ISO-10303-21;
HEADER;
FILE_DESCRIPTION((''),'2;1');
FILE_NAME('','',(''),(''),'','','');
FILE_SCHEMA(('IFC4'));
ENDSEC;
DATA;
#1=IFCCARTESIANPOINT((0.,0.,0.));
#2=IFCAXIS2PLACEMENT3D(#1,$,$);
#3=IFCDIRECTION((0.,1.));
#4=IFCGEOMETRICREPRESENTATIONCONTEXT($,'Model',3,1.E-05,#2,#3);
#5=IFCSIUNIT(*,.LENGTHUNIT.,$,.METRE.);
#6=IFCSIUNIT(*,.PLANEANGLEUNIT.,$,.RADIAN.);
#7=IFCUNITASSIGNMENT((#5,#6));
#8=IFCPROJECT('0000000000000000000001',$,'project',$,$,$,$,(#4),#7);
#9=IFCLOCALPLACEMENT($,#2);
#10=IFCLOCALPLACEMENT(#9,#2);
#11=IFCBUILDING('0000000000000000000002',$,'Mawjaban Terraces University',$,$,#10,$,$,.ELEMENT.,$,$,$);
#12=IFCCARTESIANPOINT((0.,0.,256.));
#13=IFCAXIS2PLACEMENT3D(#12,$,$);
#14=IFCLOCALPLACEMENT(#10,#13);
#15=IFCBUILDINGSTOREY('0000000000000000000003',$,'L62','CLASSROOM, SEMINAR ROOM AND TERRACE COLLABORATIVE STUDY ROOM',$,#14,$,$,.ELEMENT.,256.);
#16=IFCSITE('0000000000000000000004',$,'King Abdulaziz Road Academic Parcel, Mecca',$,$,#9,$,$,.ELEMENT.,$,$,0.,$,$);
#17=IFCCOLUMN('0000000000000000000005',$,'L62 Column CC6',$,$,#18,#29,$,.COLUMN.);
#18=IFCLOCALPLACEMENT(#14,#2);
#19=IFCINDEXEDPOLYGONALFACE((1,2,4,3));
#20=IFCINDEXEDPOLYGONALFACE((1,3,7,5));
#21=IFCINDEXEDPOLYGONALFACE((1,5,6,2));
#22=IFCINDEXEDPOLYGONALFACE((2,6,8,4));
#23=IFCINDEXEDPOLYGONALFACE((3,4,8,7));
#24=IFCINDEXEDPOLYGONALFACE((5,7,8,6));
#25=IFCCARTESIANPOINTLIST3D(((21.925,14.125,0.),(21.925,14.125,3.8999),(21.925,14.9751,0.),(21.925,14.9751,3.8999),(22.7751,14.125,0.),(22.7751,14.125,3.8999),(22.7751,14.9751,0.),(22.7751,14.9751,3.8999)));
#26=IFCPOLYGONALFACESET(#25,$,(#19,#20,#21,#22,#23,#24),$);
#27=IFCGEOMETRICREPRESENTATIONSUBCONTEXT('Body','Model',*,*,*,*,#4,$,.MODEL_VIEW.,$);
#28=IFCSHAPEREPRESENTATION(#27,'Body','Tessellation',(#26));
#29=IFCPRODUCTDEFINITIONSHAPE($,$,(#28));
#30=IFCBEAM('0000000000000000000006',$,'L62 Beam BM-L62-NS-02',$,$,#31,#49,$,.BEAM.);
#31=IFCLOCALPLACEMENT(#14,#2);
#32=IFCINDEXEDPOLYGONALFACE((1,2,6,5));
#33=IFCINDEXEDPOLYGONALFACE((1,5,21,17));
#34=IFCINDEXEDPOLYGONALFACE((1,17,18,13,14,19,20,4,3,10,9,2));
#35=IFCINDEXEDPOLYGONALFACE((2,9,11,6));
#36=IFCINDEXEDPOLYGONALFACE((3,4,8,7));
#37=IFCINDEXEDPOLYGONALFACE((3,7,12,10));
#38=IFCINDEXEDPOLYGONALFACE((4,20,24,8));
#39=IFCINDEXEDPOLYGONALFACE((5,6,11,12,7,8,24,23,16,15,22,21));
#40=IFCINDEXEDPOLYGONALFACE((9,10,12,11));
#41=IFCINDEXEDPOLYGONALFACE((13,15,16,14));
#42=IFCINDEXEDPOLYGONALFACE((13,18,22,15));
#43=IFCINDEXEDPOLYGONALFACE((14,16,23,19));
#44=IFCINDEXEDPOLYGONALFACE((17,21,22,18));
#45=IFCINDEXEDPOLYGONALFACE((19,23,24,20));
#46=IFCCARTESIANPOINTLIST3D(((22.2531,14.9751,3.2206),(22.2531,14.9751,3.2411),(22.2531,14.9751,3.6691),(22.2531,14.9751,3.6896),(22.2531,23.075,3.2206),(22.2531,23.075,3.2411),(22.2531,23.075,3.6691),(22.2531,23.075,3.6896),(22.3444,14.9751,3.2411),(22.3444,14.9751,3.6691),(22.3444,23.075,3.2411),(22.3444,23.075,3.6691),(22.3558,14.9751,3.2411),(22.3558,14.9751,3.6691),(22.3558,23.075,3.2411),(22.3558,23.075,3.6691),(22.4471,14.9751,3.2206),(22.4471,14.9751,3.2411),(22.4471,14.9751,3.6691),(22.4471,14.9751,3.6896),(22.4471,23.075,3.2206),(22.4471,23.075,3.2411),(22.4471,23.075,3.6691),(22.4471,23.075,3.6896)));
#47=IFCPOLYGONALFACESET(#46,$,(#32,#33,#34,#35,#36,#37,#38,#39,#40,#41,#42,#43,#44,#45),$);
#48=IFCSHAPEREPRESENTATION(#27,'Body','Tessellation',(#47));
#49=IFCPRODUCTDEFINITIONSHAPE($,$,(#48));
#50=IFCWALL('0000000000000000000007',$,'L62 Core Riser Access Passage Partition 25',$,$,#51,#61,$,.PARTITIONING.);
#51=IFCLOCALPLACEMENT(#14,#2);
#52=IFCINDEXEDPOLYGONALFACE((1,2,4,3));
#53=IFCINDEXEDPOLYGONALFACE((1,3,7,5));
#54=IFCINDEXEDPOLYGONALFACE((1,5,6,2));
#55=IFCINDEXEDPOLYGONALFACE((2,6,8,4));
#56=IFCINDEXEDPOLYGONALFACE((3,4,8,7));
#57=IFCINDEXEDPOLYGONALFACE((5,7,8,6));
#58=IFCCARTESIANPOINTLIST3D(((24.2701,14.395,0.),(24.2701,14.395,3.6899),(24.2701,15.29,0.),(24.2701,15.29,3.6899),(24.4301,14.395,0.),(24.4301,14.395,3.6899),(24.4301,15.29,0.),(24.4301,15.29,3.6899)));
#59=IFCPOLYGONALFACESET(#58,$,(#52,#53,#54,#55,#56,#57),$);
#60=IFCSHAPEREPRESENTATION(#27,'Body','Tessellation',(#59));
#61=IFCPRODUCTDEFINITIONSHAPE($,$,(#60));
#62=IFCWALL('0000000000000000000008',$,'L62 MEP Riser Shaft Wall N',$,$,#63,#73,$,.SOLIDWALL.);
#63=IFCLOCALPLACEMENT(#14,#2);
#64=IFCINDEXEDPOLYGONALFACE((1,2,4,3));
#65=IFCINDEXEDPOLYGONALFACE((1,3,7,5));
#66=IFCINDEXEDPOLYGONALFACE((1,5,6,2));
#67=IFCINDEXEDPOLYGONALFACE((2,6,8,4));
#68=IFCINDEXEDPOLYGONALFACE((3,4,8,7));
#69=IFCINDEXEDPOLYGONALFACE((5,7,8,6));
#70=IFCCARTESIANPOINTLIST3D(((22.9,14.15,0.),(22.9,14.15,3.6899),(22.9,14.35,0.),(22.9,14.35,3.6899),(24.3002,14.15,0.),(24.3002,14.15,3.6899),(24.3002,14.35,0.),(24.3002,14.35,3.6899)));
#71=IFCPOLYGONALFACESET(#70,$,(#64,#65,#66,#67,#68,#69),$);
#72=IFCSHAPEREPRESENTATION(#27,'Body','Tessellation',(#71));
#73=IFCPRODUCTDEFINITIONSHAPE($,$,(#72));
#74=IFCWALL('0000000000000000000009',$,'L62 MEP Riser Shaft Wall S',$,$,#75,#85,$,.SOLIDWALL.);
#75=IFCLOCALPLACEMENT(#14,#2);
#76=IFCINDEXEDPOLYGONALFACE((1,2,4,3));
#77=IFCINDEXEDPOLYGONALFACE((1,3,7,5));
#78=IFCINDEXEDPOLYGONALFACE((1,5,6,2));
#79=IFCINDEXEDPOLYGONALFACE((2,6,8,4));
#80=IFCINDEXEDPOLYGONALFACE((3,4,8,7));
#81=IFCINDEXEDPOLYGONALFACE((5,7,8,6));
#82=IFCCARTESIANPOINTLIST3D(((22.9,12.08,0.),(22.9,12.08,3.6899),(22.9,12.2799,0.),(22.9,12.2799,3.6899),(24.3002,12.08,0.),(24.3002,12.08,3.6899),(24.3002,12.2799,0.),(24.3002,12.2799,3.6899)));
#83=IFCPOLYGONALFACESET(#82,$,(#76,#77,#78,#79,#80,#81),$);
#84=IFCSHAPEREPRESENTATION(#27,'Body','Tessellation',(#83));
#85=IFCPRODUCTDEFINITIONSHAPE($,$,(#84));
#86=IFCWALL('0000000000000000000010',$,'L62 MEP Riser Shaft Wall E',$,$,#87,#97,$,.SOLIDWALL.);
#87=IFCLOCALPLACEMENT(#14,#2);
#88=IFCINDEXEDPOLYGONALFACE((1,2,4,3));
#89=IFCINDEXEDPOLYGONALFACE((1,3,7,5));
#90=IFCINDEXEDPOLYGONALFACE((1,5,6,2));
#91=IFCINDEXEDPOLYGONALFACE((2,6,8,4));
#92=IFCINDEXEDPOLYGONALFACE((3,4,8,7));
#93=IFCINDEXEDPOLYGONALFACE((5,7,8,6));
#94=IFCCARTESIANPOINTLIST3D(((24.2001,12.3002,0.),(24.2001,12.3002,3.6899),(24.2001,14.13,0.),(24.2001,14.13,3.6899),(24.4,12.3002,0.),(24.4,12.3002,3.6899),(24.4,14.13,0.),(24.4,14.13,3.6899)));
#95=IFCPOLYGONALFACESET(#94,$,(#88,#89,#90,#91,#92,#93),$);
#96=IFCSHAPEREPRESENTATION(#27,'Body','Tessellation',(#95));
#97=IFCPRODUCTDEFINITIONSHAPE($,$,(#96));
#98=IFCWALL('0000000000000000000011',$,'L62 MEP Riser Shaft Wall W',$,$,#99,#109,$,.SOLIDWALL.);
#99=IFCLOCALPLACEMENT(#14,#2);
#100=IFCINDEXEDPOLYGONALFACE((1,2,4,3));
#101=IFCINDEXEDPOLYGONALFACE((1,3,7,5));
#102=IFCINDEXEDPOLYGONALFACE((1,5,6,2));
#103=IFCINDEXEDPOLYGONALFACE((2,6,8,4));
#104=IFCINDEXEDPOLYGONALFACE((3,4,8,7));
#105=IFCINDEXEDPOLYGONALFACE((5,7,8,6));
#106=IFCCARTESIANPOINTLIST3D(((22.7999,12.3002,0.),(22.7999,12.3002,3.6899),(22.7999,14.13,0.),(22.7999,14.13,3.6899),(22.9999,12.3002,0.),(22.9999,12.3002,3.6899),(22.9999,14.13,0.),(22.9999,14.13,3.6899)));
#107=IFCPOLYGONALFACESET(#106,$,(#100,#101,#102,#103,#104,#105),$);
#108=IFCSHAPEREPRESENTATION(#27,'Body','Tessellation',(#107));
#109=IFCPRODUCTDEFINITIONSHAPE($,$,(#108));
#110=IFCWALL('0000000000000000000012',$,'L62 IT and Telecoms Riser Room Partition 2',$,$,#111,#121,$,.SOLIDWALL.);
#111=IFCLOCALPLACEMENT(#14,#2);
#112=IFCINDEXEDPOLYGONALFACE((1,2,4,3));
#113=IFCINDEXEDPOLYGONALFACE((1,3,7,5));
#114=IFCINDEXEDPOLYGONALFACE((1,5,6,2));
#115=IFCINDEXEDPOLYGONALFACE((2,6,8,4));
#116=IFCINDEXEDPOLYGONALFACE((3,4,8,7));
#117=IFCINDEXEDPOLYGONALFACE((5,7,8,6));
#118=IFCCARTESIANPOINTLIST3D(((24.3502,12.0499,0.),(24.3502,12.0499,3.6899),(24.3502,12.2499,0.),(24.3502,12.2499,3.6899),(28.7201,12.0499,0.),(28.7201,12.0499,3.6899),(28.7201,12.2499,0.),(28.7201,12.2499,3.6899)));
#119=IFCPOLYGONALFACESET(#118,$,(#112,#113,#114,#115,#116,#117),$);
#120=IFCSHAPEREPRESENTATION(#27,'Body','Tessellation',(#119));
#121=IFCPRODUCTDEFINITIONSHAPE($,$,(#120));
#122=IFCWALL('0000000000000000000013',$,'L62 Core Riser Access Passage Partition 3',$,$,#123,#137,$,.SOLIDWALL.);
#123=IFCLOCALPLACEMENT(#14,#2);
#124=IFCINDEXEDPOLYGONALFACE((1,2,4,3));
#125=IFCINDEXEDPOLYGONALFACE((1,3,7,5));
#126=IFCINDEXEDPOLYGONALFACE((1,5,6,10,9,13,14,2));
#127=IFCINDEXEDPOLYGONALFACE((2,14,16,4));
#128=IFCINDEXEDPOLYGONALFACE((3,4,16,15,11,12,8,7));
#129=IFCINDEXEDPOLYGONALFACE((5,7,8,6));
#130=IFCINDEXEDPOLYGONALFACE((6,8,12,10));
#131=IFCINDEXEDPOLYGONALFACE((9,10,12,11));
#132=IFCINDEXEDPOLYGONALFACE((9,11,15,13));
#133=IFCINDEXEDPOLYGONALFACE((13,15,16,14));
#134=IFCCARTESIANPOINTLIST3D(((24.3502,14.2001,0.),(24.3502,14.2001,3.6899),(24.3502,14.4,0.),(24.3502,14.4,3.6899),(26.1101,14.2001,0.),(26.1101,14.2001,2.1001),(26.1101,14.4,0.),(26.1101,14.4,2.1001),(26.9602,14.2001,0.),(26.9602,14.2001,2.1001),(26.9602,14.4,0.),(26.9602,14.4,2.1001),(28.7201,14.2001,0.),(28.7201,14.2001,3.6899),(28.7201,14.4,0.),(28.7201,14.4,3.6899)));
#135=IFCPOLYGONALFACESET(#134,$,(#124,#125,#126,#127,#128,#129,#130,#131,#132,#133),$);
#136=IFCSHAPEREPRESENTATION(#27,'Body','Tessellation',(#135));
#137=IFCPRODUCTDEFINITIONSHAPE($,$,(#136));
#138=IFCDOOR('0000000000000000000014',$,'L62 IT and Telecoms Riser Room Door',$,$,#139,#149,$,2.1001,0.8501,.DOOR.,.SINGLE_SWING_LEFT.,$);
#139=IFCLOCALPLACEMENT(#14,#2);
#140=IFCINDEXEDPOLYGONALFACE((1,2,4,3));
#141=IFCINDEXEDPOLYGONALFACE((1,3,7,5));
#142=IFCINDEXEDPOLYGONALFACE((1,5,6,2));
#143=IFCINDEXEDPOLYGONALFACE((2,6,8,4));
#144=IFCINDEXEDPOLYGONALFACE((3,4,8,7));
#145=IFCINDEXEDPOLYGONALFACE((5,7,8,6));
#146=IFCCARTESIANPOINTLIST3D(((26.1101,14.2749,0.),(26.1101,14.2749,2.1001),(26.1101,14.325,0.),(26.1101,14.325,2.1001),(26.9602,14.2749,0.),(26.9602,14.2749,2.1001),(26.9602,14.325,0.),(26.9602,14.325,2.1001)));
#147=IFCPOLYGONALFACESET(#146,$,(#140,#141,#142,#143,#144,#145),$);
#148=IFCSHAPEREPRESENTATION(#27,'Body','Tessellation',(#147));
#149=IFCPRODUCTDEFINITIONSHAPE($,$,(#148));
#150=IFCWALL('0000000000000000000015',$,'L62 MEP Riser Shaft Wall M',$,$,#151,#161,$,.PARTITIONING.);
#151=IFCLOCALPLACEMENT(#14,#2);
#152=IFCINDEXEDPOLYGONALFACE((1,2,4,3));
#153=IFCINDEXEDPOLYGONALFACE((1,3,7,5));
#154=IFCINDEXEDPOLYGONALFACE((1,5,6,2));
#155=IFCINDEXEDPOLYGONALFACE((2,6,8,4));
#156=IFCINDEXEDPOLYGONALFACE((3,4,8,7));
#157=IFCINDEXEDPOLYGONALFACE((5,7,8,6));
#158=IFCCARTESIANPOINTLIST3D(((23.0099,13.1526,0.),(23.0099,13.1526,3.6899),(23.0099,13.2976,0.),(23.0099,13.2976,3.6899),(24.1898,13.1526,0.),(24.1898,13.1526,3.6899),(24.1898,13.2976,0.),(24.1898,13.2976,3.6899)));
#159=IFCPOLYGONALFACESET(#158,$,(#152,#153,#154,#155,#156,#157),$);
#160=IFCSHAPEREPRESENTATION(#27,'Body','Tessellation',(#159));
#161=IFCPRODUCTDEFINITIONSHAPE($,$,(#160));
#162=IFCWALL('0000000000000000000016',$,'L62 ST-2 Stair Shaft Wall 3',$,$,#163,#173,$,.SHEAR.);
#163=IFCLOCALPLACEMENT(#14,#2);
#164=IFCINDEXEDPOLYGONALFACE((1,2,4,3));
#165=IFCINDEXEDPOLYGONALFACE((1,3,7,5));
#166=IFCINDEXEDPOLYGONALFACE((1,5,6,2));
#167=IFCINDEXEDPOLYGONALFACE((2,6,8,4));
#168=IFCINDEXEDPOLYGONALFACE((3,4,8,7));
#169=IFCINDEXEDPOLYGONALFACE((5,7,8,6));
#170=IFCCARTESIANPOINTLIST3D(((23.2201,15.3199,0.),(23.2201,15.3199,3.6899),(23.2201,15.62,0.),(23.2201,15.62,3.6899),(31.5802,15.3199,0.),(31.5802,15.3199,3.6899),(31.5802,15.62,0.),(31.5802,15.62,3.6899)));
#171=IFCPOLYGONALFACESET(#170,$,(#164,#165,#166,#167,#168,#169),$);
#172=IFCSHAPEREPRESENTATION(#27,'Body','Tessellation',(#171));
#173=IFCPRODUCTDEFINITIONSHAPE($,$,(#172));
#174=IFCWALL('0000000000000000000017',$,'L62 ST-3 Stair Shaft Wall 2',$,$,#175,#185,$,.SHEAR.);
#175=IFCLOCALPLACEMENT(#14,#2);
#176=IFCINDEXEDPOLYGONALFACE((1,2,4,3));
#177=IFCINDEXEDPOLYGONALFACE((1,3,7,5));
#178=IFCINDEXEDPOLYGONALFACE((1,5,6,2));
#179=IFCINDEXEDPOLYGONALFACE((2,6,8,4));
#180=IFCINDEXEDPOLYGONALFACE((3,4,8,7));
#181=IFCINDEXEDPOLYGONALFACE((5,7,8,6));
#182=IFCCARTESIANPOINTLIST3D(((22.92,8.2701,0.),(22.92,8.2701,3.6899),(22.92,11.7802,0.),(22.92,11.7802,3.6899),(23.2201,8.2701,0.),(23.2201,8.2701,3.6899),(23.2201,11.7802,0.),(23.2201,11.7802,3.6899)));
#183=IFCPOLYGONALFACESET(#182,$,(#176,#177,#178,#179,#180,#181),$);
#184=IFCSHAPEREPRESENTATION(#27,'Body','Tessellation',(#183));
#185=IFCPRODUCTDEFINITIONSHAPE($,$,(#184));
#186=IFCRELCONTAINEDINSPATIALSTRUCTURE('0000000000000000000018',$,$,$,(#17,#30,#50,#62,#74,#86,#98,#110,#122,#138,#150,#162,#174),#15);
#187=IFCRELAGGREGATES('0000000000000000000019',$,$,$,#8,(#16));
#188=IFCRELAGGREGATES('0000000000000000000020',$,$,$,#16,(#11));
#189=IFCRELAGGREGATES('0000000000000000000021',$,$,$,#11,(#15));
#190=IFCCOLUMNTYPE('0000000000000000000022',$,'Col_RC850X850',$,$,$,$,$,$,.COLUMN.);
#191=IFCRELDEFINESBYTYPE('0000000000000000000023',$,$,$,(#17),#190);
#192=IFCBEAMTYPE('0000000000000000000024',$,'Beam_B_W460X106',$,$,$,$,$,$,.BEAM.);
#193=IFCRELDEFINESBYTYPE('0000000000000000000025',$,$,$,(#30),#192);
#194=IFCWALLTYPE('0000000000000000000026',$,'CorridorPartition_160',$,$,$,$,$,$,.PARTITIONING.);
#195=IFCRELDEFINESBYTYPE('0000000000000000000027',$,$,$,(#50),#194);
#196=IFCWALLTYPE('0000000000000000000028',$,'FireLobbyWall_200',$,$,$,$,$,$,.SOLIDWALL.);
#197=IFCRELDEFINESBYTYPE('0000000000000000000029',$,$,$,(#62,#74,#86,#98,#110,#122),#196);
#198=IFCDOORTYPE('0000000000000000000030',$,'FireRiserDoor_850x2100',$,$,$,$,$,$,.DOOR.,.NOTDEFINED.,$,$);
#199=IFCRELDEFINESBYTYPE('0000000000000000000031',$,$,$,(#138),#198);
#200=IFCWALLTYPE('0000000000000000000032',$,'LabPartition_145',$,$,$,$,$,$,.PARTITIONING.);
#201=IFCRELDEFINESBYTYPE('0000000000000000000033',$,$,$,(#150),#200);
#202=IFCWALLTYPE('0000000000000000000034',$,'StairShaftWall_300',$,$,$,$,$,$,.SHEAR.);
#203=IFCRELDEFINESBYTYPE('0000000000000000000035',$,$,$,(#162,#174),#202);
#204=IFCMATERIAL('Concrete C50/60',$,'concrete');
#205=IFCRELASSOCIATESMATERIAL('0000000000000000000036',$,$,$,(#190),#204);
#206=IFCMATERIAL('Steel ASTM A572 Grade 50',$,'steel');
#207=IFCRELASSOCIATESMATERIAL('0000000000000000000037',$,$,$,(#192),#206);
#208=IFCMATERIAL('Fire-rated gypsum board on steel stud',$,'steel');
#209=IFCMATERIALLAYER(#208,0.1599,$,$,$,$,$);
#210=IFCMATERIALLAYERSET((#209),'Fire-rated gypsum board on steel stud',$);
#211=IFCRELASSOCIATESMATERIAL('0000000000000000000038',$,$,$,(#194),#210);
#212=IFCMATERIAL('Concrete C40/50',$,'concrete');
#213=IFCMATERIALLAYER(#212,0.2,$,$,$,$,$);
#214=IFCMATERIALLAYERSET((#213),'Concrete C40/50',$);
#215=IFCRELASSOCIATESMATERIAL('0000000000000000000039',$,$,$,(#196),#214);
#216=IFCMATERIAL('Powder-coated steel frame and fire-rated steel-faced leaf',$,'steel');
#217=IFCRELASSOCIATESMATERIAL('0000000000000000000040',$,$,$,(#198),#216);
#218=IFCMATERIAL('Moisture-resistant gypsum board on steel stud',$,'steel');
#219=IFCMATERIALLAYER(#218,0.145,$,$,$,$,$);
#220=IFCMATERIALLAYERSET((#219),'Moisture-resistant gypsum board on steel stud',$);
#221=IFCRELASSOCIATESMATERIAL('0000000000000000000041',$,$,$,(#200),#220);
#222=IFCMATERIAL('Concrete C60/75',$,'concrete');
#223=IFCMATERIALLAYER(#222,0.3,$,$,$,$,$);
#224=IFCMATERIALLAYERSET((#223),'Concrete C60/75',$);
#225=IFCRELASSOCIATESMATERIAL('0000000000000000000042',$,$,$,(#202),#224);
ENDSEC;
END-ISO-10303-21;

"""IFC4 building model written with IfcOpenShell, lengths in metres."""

from ifc_helpers import new_model, si_unit, direction, frame, frame_2d, origin, origin_2d, place, context, subcontext, project, spatial, rectangle, i_section, extrude, material, layer, layer_set, material_profile, profile_set, type_object, element, fill, save


model = new_model("IFC4")

# Units and contexts
model_context = context("Model", 3, precision=1e-05, world=origin(), true_north=direction((0.0, 1.0)))
body_context = subcontext(model_context, "Body", "Model", "MODEL_VIEW")
ifc_project = project(units=[si_unit("LENGTHUNIT", "METRE"), si_unit("PLANEANGLEUNIT", "RADIAN")], contexts=[model_context])

# Site, building, storey
site_placement = place(None, origin())
site = spatial("IfcSite", under=ifc_project, at=site_placement, Name="King Abdulaziz Road Academic Parcel, Mecca", CompositionType="ELEMENT", RefElevation=0.0)
building_placement = place(site_placement, origin())
building = spatial("IfcBuilding", under=site, at=building_placement, Name="Mawjaban Terraces University", CompositionType="ELEMENT")
storey_placement = place(building_placement, frame((0.0, 0.0, 256.0)))
storey = spatial("IfcBuildingStorey", under=building, at=storey_placement, Name="L62", Description="CLASSROOM, SEMINAR ROOM AND TERRACE COLLABORATIVE STUDY ROOM", CompositionType="ELEMENT", Elevation=256.0)

# Column
ifc_material_1 = material(Name="Concrete C50/60", Category="concrete")
ifc_material_profile_1 = material_profile(ifc_material_1, rectangle(XDim=0.8501, YDim=0.8501, at=origin_2d()), Name="RC850X850")
ifc_profile_set_1 = profile_set([ifc_material_profile_1], Name="Concrete C50/60")
column_type = type_object("IfcColumnType", Name="Col_RC850X850", PredefinedType="COLUMN", material=ifc_profile_set_1)
column_placement = place(storey_placement, frame((22.3501, 14.55, 0.0), z_axis=(0.0, 0.0, 1.0), x_axis=(1.0, 0.0, 0.0)))
element("IfcColumn", 1, at=column_placement, inside=storey, type_object=column_type, Name="L62 Column CC6", PredefinedType="COLUMN", context=body_context, shape_type="SweptSolid", body=[
    extrude(rectangle(XDim=0.8501, YDim=0.8501, at=origin_2d()), origin(), (0.0, 0.0, 1.0), 3.8999),
])

# Beam
ifc_material_2 = material(Name="Steel ASTM A572 Grade 50", Category="steel")
ifc_material_profile_2 = material_profile(ifc_material_2, i_section(OverallWidth=0.1941, OverallDepth=0.469, WebThickness=0.0115, FlangeThickness=0.0205, at=origin_2d()), Name="W460X106")
ifc_profile_set_2 = profile_set([ifc_material_profile_2], Name="Steel ASTM A572 Grade 50")
beam_type = type_object("IfcBeamType", Name="Beam_B_W460X106", PredefinedType="BEAM", material=ifc_profile_set_2)
beam_placement = place(storey_placement, frame((22.3501, 14.9751, 3.4551), z_axis=(0.0, 1.0, 0.0), x_axis=(-1.0, 0.0, 0.0)))
element("IfcBeam", 2, at=beam_placement, inside=storey, type_object=beam_type, Name="L62 Beam BM-L62-NS-02", PredefinedType="BEAM", context=body_context, shape_type="SweptSolid", body=[
    extrude(i_section(OverallWidth=0.1941, OverallDepth=0.469, WebThickness=0.0115, FlangeThickness=0.0205, at=origin_2d()), origin(), (0.0, 0.0, 1.0), 8.0999),
])

# Walls
ifc_material_3 = material(Name="Fire-rated gypsum board on steel stud", Category="steel")
ifc_layer_1 = layer(ifc_material_3, 0.1599)
ifc_layer_set_1 = layer_set([ifc_layer_1], Name="Fire-rated gypsum board on steel stud")
wall_type_1 = type_object("IfcWallType", Name="CorridorPartition_160", PredefinedType="PARTITIONING", material=ifc_layer_set_1)
wall_1_placement = place(storey_placement, frame((24.3501, 15.29, 0.0), z_axis=(0.0, 0.0, 1.0), x_axis=(0.0, -1.0, 0.0)))
element("IfcWall", 3, at=wall_1_placement, inside=storey, type_object=wall_type_1, Name="L62 Core Riser Access Passage Partition 25", PredefinedType="PARTITIONING", context=body_context, shape_type="SweptSolid", body=[
    extrude(rectangle(XDim=0.895, YDim=0.1599, at=frame_2d((0.4475, 0.0))), origin(), (0.0, 0.0, 1.0), 3.6899),
])
ifc_material_4 = material(Name="Concrete C40/50", Category="concrete")
ifc_layer_2 = layer(ifc_material_4, 0.2)
ifc_layer_set_2 = layer_set([ifc_layer_2], Name="Concrete C40/50")
wall_type_2 = type_object("IfcWallType", Name="FireLobbyWall_200", PredefinedType="SOLIDWALL", material=ifc_layer_set_2)
for number, where, z_axis, x_axis, name in (
    (4, (22.8999, 14.25, 0.0), (0.0, 0.0, 1.0), (1.0, 0.0, 0.0), "L62 MEP Riser Shaft Wall N"),
    (5, (22.8999, 12.1799, 0.0), (0.0, 0.0, 1.0), (1.0, 0.0, 0.0), "L62 MEP Riser Shaft Wall S"),
):
    element("IfcWall", number, at=place(storey_placement, frame(where, z_axis=z_axis, x_axis=x_axis)), inside=storey, type_object=wall_type_2, Name=name, PredefinedType="SOLIDWALL", context=body_context, shape_type="SweptSolid", body=[
        extrude(rectangle(XDim=1.4001, YDim=0.2, at=frame_2d((0.7002, 0.0))), origin(), (0.0, 0.0, 1.0), 3.6899),
    ])
for number, where, z_axis, x_axis, name in (
    (6, (24.3, 12.3, 0.0), (0.0, 0.0, 1.0), (0.0, 1.0, 0.0), "L62 MEP Riser Shaft Wall E"),
    (7, (22.8999, 12.3, 0.0), (0.0, 0.0, 1.0), (0.0, 1.0, 0.0), "L62 MEP Riser Shaft Wall W"),
):
    element("IfcWall", number, at=place(storey_placement, frame(where, z_axis=z_axis, x_axis=x_axis)), inside=storey, type_object=wall_type_2, Name=name, PredefinedType="SOLIDWALL", context=body_context, shape_type="SweptSolid", body=[
        extrude(rectangle(XDim=1.8298, YDim=0.2, at=frame_2d((0.915, 0.0))), origin(), (0.0, 0.0, 1.0), 3.6899),
    ])
wall_2_placement = place(storey_placement, frame((24.3501, 12.1499, 0.0), z_axis=(0.0, 0.0, 1.0), x_axis=(1.0, 0.0, 0.0)))
element("IfcWall", 8, at=wall_2_placement, inside=storey, type_object=wall_type_2, Name="L62 IT and Telecoms Riser Room Partition 2", PredefinedType="SOLIDWALL", context=body_context, shape_type="SweptSolid", body=[
    extrude(rectangle(XDim=4.3699, YDim=0.2, at=frame_2d((2.1851, 0.0))), origin(), (0.0, 0.0, 1.0), 3.6899),
])

# Wall, opening, door
wall_3_placement = place(storey_placement, frame((24.3501, 14.3, 0.0), z_axis=(0.0, 0.0, 1.0), x_axis=(1.0, 0.0, 0.0)))
wall_3 = element("IfcWall", 9, at=wall_3_placement, inside=storey, type_object=wall_type_2, Name="L62 Core Riser Access Passage Partition 3", PredefinedType="SOLIDWALL", context=body_context, shape_type="SweptSolid", body=[
    extrude(rectangle(XDim=4.3699, YDim=0.2, at=frame_2d((2.1851, 0.0))), origin(), (0.0, 0.0, 1.0), 3.6899),
])
opening_placement = place(wall_3_placement, frame((1.76, 0.0, 0.0)))
opening = element("IfcOpeningElement", 10, at=opening_placement, cuts=wall_3, PredefinedType="OPENING", context=body_context, shape_type="SweptSolid", body=[
    extrude(rectangle(XDim=0.8501, YDim=2.1001, at=frame_2d((0.425, 1.05))), frame((0.0, 0.1099, 0.0), z_axis=(0.0, -1.0, 0.0), x_axis=(1.0, 0.0, 0.0)), (0.0, 0.0, 1.0), 0.22),
])
ifc_material_5 = material(Name="Powder-coated steel frame and fire-rated steel-faced leaf", Category="steel")
door_type = type_object("IfcDoorType", Name="FireRiserDoor_850x2100", OperationType="NOTDEFINED", PredefinedType="DOOR", material=ifc_material_5)
door_placement = place(opening_placement, origin())
door = element("IfcDoor", 11, at=door_placement, inside=storey, type_object=door_type, Name="L62 IT and Telecoms Riser Room Door", OperationType="SINGLE_SWING_LEFT", OverallHeight=2.1001, OverallWidth=0.8501, PredefinedType="DOOR", context=body_context, shape_type="SweptSolid", body=[
    extrude(rectangle(XDim=0.8501, YDim=2.1001, at=frame_2d((0.425, 1.05))), frame((0.0, 0.0249, 0.0), z_axis=(0.0, -1.0, 0.0), x_axis=(1.0, 0.0, 0.0)), (0.0, 0.0, 1.0), 0.05),
])
fill(opening, door)

# Walls
ifc_material_6 = material(Name="Moisture-resistant gypsum board on steel stud", Category="steel")
ifc_layer_3 = layer(ifc_material_6, 0.145)
ifc_layer_set_3 = layer_set([ifc_layer_3], Name="Moisture-resistant gypsum board on steel stud")
wall_type_3 = type_object("IfcWallType", Name="LabPartition_145", PredefinedType="PARTITIONING", material=ifc_layer_set_3)
wall_4_placement = place(storey_placement, frame((23.01, 13.2251, 0.0), z_axis=(0.0, 0.0, 1.0), x_axis=(1.0, 0.0, 0.0)))
element("IfcWall", 12, at=wall_4_placement, inside=storey, type_object=wall_type_3, Name="L62 MEP Riser Shaft Wall M", PredefinedType="PARTITIONING", context=body_context, shape_type="SweptSolid", body=[
    extrude(rectangle(XDim=1.1799, YDim=0.145, at=frame_2d((0.5898, 0.0))), origin(), (0.0, 0.0, 1.0), 3.6899),
])
ifc_material_7 = material(Name="Concrete C60/75", Category="concrete")
ifc_layer_4 = layer(ifc_material_7, 0.3)
ifc_layer_set_4 = layer_set([ifc_layer_4], Name="Concrete C60/75")
wall_type_4 = type_object("IfcWallType", Name="StairShaftWall_300", PredefinedType="SHEAR", material=ifc_layer_set_4)
wall_5_placement = place(storey_placement, frame((23.22, 15.47, 0.0), z_axis=(0.0, 0.0, 1.0), x_axis=(1.0, 0.0, 0.0)))
element("IfcWall", 13, at=wall_5_placement, inside=storey, type_object=wall_type_4, Name="L62 ST-2 Stair Shaft Wall 3", PredefinedType="SHEAR", context=body_context, shape_type="SweptSolid", body=[
    extrude(rectangle(XDim=8.3601, YDim=0.3, at=frame_2d((4.1802, 0.0))), origin(), (0.0, 0.0, 1.0), 3.6899),
])
wall_6_placement = place(storey_placement, frame((23.0701, 11.78, 0.0), z_axis=(0.0, 0.0, 1.0), x_axis=(0.0, -1.0, 0.0)))
element("IfcWall", 14, at=wall_6_placement, inside=storey, type_object=wall_type_4, Name="L62 ST-3 Stair Shaft Wall 2", PredefinedType="SHEAR", context=body_context, shape_type="SweptSolid", body=[
    extrude(rectangle(XDim=3.51, YDim=0.3, at=frame_2d((1.7549, 0.0))), origin(), (0.0, 0.0, 1.0), 3.6899),
])

save(model, "model.ifc")
